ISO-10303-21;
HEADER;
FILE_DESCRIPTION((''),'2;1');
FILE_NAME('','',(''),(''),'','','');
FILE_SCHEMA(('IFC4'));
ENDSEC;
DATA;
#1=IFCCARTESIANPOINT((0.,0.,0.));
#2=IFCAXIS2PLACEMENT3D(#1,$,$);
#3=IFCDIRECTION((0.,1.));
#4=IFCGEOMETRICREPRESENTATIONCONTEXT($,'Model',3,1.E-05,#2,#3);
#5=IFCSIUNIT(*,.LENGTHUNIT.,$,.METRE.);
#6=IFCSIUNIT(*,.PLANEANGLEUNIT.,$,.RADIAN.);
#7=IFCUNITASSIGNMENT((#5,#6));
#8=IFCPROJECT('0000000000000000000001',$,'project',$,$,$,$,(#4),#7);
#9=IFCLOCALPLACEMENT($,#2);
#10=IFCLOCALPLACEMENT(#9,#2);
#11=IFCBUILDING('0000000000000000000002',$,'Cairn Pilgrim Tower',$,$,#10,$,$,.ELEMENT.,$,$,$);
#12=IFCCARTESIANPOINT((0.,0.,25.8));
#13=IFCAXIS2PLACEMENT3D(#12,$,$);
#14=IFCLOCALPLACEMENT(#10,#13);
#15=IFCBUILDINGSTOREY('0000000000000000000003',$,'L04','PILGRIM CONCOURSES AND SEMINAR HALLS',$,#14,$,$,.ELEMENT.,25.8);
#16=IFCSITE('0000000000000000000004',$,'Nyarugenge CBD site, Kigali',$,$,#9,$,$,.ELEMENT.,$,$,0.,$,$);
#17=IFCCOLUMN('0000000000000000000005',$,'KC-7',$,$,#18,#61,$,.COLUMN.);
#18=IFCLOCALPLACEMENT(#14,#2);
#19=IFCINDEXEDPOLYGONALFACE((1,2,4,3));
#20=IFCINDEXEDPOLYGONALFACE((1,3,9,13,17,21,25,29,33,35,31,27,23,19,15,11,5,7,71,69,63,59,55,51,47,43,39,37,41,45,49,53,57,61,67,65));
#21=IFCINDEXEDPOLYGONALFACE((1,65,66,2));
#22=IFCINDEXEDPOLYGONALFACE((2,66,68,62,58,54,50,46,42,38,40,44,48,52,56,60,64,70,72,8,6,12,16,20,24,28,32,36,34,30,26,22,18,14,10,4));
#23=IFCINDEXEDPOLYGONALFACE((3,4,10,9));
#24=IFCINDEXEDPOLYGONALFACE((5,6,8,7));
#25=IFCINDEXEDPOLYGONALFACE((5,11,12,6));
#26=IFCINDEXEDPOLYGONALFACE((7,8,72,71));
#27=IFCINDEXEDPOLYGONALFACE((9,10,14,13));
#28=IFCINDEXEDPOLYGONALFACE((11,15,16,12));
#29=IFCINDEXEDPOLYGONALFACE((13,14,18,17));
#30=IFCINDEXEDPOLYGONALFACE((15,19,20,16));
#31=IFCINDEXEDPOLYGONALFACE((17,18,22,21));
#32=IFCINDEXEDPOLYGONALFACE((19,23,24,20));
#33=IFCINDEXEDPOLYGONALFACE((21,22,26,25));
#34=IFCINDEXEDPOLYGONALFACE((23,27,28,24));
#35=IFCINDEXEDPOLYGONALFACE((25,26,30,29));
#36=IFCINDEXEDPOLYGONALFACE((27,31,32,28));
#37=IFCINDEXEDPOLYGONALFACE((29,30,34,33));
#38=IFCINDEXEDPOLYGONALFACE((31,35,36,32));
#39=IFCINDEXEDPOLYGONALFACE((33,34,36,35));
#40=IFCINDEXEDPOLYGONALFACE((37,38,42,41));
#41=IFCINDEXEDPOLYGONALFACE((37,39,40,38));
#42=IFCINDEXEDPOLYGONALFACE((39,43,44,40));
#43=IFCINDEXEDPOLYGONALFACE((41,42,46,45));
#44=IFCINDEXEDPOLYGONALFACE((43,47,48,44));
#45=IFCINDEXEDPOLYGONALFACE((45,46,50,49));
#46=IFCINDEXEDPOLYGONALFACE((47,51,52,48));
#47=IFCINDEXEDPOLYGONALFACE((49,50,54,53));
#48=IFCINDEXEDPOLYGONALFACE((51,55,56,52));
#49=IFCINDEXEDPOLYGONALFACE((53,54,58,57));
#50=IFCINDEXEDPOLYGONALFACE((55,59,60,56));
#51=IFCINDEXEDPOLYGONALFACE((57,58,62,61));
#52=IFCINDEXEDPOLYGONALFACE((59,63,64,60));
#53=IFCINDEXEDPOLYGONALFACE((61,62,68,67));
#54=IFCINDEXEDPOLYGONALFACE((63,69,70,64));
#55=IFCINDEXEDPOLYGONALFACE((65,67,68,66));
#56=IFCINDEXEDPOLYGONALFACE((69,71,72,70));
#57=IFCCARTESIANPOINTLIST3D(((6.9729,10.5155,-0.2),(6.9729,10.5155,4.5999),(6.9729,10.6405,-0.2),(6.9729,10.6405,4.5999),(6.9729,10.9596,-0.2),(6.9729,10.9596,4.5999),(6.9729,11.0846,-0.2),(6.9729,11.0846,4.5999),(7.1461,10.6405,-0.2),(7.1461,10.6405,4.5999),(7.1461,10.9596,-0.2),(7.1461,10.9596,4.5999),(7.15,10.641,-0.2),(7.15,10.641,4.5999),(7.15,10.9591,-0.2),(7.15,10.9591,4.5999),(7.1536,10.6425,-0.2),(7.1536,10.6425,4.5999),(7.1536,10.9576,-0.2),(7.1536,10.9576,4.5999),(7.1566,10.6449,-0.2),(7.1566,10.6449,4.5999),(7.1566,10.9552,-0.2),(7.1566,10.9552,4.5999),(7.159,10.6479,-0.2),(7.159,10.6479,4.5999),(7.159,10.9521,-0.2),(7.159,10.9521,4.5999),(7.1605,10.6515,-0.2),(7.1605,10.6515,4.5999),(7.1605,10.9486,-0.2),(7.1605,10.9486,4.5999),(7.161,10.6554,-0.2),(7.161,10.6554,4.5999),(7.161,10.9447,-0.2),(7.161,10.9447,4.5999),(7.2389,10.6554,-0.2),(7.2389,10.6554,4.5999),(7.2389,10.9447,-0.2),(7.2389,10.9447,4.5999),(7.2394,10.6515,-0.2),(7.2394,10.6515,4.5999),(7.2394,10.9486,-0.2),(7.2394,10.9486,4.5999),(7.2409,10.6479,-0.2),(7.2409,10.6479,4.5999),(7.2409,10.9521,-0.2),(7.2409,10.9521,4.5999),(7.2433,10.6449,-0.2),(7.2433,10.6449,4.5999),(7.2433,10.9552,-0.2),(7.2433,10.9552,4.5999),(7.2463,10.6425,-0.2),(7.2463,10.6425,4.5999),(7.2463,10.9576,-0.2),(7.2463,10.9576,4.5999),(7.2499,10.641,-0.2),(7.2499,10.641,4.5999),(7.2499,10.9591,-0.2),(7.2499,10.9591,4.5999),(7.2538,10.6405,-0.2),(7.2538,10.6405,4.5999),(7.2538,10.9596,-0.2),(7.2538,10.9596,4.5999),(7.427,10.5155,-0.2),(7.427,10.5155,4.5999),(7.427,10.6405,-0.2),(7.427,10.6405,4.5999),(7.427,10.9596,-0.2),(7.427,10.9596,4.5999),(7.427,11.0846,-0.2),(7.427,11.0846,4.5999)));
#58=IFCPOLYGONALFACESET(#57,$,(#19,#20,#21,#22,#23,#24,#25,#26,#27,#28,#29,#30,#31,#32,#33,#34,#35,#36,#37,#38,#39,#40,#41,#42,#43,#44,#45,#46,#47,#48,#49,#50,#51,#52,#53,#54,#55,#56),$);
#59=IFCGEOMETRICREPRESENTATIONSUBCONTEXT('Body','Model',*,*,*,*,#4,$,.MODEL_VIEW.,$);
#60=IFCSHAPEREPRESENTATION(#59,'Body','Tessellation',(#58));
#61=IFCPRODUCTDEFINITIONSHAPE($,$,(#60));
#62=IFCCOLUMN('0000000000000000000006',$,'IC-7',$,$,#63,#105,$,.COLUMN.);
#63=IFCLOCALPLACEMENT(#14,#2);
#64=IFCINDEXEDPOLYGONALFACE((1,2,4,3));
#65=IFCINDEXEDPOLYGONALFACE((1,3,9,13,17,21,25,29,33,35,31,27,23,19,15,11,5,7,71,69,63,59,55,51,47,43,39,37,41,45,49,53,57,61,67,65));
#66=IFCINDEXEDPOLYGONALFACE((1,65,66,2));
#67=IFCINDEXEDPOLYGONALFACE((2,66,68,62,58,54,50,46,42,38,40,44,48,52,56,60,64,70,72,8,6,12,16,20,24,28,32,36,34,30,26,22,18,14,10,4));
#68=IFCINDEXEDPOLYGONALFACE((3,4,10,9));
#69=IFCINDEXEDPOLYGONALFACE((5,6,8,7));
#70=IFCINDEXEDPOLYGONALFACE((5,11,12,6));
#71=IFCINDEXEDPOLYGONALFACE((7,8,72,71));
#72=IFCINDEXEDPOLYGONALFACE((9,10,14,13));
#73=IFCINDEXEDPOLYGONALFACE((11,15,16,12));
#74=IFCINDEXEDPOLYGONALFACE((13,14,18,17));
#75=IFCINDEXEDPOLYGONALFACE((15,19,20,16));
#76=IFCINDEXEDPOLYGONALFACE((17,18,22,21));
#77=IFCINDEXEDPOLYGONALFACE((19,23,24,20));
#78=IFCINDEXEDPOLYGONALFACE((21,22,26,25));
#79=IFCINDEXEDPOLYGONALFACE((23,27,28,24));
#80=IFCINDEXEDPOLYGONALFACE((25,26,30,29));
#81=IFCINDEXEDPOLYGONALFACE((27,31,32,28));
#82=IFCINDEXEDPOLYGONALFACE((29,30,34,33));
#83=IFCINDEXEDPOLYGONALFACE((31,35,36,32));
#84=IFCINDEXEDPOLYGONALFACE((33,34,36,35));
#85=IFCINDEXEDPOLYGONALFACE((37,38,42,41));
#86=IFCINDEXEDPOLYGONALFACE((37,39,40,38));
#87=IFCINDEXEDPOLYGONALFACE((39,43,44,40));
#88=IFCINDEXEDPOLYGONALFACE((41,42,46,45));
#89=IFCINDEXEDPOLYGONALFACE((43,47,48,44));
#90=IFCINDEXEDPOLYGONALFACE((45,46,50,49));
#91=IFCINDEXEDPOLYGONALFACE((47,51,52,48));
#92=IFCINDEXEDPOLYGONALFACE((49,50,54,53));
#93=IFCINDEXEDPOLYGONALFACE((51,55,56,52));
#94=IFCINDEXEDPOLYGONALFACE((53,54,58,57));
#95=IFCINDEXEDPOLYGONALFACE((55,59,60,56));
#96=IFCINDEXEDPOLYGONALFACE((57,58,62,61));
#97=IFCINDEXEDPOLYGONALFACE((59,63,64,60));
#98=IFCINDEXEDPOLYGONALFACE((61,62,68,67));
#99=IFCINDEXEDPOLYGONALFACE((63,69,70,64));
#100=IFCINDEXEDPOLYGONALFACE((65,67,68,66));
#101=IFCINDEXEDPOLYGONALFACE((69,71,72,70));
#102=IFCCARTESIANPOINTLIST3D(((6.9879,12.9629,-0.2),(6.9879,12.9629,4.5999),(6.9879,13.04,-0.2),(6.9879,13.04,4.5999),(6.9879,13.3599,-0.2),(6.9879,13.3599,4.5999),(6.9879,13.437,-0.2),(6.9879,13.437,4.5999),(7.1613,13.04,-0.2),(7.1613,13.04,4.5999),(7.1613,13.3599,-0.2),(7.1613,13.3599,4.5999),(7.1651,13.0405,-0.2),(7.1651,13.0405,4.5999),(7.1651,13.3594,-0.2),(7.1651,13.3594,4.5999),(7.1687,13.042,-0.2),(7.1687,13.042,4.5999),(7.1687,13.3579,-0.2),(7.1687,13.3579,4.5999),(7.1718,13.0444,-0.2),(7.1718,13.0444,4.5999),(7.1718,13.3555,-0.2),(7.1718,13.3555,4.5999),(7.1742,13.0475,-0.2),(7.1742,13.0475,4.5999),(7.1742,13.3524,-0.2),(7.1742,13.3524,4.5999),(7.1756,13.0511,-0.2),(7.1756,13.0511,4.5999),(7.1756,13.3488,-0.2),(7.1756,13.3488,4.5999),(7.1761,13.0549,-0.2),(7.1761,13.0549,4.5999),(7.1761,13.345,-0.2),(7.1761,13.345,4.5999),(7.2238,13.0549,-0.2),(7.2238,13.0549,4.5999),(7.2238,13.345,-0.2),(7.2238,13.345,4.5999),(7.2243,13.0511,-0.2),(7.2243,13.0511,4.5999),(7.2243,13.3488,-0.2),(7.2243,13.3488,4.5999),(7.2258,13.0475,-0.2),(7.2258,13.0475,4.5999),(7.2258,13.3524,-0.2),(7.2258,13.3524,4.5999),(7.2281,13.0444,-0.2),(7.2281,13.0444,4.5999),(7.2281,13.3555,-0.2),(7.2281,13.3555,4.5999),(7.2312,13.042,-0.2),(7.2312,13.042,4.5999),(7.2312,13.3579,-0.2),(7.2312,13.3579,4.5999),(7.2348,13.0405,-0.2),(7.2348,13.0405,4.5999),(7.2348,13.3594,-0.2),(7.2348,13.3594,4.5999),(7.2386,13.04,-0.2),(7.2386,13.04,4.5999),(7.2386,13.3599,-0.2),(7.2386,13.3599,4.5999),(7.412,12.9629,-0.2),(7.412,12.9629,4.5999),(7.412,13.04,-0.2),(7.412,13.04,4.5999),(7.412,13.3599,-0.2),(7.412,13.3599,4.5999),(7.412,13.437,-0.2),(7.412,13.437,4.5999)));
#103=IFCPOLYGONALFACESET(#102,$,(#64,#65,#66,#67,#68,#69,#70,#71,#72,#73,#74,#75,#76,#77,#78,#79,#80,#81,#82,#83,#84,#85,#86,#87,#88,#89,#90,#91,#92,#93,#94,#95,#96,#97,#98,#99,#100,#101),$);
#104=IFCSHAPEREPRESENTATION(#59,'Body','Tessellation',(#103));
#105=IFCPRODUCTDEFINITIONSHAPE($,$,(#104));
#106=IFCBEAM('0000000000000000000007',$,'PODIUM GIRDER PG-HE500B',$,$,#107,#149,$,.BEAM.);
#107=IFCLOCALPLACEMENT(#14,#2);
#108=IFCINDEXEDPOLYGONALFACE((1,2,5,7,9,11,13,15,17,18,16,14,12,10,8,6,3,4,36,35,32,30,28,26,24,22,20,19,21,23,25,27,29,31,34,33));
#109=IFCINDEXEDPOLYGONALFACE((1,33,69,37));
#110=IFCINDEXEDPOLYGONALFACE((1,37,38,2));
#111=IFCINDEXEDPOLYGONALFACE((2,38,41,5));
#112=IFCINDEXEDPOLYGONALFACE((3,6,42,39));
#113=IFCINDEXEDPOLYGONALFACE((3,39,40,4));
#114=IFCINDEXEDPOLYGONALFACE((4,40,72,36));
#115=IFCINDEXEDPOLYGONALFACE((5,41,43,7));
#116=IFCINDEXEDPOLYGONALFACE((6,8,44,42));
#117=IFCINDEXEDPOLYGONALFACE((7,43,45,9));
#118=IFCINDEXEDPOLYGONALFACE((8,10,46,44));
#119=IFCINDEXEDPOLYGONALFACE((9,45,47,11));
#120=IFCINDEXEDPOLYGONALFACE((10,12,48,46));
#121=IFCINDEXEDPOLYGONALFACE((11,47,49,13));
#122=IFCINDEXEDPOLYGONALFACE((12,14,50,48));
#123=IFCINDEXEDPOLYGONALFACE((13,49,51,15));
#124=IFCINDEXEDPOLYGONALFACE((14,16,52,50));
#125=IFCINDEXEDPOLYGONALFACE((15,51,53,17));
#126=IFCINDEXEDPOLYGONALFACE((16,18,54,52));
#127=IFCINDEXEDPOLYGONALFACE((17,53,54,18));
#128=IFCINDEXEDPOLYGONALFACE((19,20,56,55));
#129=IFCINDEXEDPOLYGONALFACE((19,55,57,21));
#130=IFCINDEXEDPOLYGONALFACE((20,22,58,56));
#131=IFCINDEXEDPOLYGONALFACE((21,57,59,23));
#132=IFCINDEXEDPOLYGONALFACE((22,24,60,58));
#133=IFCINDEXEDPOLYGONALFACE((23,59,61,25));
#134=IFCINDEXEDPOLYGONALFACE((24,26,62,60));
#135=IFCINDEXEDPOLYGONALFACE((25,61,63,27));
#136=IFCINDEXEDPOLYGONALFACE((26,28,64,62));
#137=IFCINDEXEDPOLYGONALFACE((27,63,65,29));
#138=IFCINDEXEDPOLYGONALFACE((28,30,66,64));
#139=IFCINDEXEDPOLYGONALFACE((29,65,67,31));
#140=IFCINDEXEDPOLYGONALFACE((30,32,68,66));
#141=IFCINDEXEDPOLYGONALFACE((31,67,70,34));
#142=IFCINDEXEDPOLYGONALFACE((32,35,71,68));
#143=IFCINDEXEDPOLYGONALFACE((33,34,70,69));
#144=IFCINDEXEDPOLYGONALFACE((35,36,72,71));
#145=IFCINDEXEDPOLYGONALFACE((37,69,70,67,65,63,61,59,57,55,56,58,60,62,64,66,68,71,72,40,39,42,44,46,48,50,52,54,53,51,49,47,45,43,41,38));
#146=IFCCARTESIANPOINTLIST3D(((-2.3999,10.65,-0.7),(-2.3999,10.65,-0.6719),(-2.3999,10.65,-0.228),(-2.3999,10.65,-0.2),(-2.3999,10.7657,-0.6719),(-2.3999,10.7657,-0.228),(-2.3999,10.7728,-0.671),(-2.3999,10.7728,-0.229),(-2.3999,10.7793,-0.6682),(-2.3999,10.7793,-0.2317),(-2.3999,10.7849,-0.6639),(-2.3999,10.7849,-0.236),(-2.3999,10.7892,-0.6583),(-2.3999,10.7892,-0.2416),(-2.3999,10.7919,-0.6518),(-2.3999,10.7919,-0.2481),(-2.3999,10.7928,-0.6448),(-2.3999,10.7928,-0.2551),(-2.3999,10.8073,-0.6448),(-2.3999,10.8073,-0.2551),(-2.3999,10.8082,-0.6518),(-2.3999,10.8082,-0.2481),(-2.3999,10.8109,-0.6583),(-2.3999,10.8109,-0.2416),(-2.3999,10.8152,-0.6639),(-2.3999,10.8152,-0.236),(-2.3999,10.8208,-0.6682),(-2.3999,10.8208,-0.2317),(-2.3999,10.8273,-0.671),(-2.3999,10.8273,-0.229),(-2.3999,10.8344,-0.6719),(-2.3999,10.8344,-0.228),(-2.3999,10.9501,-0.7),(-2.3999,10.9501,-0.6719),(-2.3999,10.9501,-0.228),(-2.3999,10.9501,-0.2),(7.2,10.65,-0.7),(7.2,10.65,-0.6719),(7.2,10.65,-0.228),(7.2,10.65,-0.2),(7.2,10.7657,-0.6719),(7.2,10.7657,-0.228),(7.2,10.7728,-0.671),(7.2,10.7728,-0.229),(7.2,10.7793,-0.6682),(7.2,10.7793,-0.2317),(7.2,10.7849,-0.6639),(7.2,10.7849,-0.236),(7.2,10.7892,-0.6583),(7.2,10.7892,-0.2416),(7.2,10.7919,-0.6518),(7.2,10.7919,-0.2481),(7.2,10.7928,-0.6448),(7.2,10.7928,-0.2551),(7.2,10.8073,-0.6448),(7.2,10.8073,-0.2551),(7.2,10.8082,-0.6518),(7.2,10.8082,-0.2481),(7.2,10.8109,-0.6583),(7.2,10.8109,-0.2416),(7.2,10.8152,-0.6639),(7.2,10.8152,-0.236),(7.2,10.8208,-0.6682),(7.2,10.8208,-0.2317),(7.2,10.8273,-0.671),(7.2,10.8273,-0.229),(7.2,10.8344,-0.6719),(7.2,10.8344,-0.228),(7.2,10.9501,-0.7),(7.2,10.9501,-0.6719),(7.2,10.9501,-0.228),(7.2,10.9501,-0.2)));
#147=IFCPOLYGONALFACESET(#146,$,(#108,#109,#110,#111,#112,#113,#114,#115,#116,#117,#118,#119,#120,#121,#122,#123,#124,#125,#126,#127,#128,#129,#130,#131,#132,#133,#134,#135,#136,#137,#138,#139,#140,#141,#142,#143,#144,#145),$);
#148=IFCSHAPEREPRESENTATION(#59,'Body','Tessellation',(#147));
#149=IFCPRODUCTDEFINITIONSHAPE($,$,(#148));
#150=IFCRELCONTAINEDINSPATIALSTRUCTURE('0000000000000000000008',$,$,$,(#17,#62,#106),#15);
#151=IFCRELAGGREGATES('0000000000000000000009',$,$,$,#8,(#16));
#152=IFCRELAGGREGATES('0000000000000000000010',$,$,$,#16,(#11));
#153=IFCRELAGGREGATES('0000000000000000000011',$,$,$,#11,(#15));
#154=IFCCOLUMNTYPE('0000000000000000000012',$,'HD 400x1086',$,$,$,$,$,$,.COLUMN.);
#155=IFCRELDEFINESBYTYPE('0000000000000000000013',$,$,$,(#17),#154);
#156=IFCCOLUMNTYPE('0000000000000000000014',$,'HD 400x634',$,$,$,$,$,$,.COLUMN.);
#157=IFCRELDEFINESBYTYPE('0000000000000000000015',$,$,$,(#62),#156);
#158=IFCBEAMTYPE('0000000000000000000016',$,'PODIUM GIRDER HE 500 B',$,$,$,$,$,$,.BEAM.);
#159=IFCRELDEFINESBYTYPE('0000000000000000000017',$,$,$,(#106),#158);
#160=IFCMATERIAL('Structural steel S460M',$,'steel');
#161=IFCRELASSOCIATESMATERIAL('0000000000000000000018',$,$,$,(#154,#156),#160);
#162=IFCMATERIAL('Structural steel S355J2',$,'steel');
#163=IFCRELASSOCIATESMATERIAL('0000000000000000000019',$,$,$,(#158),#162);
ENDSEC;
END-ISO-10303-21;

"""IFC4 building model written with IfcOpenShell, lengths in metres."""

from ifc_helpers import new_model, si_unit, direction, frame, origin, origin_2d, place, context, subcontext, project, spatial, i_section, extrude, material, material_profile, profile_set, type_object, element, save


model = new_model("IFC4")

# Units and contexts
model_context = context("Model", 3, precision=1e-05, world=origin(), true_north=direction((0.0, 1.0)))
body_context = subcontext(model_context, "Body", "Model", "MODEL_VIEW")
ifc_project = project(units=[si_unit("LENGTHUNIT", "METRE"), si_unit("PLANEANGLEUNIT", "RADIAN")], contexts=[model_context])

# Site, building, storey
site_placement = place(None, origin())
site = spatial("IfcSite", under=ifc_project, at=site_placement, Name="Nyarugenge CBD site, Kigali", CompositionType="ELEMENT", RefElevation=0.0)
building_placement = place(site_placement, origin())
building = spatial("IfcBuilding", under=site, at=building_placement, Name="Cairn Pilgrim Tower", CompositionType="ELEMENT")
storey_placement = place(building_placement, frame((0.0, 0.0, 25.8)))
storey = spatial("IfcBuildingStorey", under=building, at=storey_placement, Name="L04", Description="PILGRIM CONCOURSES AND SEMINAR HALLS", CompositionType="ELEMENT", Elevation=25.8)

# Columns
ifc_material_1 = material(Name="Structural steel S460M", Category="steel")
ifc_material_profile_1 = material_profile(ifc_material_1, i_section(OverallWidth=0.4541, OverallDepth=0.5691, WebThickness=0.0779, FlangeThickness=0.125, FilletRadius=0.0149, at=origin_2d()), Name="HD 400x1086")
ifc_profile_set_1 = profile_set([ifc_material_profile_1], Name="Structural steel S460M")
column_type_1 = type_object("IfcColumnType", Name="HD 400x1086", PredefinedType="COLUMN", material=ifc_profile_set_1)
column_1_placement = place(storey_placement, frame((7.2, 10.8, -0.2), z_axis=(0.0, 0.0, 1.0), x_axis=(1.0, 0.0, 0.0)))
element("IfcColumn", 1, at=column_1_placement, inside=storey, type_object=column_type_1, Name="KC-7", PredefinedType="COLUMN", context=body_context, shape_type="SweptSolid", body=[
    extrude(i_section(OverallWidth=0.4541, OverallDepth=0.5691, WebThickness=0.0779, FlangeThickness=0.125, FilletRadius=0.0149, at=origin_2d()), origin(), (0.0, 0.0, 1.0), 4.7998),
])
ifc_material_profile_2 = material_profile(ifc_material_1, i_section(OverallWidth=0.4241, OverallDepth=0.4741, WebThickness=0.0476, FlangeThickness=0.0771, FilletRadius=0.0149, at=origin_2d()), Name="HD 400x634")
ifc_profile_set_2 = profile_set([ifc_material_profile_2], Name="Structural steel S460M")
column_type_2 = type_object("IfcColumnType", Name="HD 400x634", PredefinedType="COLUMN", material=ifc_profile_set_2)
column_2_placement = place(storey_placement, frame((7.2, 13.2, -0.2), z_axis=(0.0, 0.0, 1.0), x_axis=(1.0, 0.0, 0.0)))
element("IfcColumn", 2, at=column_2_placement, inside=storey, type_object=column_type_2, Name="IC-7", PredefinedType="COLUMN", context=body_context, shape_type="SweptSolid", body=[
    extrude(i_section(OverallWidth=0.4241, OverallDepth=0.4741, WebThickness=0.0476, FlangeThickness=0.0771, FilletRadius=0.0149, at=origin_2d()), origin(), (0.0, 0.0, 1.0), 4.7998),
])

# Beam
ifc_material_2 = material(Name="Structural steel S355J2", Category="steel")
ifc_material_profile_3 = material_profile(ifc_material_2, i_section(OverallWidth=0.3, OverallDepth=0.5, WebThickness=0.0144, FlangeThickness=0.0281, FilletRadius=0.0271, at=origin_2d()), Name="HEB 500")
ifc_profile_set_3 = profile_set([ifc_material_profile_3], Name="Structural steel S355J2")
beam_type_1 = type_object("IfcBeamType", Name="PODIUM GIRDER HE 500 B", PredefinedType="BEAM", material=ifc_profile_set_3)
beam_1_placement = place(storey_placement, frame((7.2, 10.8, -0.45), z_axis=(-1.0, 0.0, 0.0), x_axis=(0.0, -1.0, 0.0)))
element("IfcBeam", 3, at=beam_1_placement, inside=storey, type_object=beam_type_1, Name="PODIUM GIRDER PG-HE500B", PredefinedType="BEAM", context=body_context, shape_type="SweptSolid", body=[
    extrude(i_section(OverallWidth=0.3, OverallDepth=0.5, WebThickness=0.0144, FlangeThickness=0.0281, FilletRadius=0.0271, at=origin_2d()), origin(), (0.0, 0.0, 1.0), 9.5999),
])

save(model, "model.ifc")
